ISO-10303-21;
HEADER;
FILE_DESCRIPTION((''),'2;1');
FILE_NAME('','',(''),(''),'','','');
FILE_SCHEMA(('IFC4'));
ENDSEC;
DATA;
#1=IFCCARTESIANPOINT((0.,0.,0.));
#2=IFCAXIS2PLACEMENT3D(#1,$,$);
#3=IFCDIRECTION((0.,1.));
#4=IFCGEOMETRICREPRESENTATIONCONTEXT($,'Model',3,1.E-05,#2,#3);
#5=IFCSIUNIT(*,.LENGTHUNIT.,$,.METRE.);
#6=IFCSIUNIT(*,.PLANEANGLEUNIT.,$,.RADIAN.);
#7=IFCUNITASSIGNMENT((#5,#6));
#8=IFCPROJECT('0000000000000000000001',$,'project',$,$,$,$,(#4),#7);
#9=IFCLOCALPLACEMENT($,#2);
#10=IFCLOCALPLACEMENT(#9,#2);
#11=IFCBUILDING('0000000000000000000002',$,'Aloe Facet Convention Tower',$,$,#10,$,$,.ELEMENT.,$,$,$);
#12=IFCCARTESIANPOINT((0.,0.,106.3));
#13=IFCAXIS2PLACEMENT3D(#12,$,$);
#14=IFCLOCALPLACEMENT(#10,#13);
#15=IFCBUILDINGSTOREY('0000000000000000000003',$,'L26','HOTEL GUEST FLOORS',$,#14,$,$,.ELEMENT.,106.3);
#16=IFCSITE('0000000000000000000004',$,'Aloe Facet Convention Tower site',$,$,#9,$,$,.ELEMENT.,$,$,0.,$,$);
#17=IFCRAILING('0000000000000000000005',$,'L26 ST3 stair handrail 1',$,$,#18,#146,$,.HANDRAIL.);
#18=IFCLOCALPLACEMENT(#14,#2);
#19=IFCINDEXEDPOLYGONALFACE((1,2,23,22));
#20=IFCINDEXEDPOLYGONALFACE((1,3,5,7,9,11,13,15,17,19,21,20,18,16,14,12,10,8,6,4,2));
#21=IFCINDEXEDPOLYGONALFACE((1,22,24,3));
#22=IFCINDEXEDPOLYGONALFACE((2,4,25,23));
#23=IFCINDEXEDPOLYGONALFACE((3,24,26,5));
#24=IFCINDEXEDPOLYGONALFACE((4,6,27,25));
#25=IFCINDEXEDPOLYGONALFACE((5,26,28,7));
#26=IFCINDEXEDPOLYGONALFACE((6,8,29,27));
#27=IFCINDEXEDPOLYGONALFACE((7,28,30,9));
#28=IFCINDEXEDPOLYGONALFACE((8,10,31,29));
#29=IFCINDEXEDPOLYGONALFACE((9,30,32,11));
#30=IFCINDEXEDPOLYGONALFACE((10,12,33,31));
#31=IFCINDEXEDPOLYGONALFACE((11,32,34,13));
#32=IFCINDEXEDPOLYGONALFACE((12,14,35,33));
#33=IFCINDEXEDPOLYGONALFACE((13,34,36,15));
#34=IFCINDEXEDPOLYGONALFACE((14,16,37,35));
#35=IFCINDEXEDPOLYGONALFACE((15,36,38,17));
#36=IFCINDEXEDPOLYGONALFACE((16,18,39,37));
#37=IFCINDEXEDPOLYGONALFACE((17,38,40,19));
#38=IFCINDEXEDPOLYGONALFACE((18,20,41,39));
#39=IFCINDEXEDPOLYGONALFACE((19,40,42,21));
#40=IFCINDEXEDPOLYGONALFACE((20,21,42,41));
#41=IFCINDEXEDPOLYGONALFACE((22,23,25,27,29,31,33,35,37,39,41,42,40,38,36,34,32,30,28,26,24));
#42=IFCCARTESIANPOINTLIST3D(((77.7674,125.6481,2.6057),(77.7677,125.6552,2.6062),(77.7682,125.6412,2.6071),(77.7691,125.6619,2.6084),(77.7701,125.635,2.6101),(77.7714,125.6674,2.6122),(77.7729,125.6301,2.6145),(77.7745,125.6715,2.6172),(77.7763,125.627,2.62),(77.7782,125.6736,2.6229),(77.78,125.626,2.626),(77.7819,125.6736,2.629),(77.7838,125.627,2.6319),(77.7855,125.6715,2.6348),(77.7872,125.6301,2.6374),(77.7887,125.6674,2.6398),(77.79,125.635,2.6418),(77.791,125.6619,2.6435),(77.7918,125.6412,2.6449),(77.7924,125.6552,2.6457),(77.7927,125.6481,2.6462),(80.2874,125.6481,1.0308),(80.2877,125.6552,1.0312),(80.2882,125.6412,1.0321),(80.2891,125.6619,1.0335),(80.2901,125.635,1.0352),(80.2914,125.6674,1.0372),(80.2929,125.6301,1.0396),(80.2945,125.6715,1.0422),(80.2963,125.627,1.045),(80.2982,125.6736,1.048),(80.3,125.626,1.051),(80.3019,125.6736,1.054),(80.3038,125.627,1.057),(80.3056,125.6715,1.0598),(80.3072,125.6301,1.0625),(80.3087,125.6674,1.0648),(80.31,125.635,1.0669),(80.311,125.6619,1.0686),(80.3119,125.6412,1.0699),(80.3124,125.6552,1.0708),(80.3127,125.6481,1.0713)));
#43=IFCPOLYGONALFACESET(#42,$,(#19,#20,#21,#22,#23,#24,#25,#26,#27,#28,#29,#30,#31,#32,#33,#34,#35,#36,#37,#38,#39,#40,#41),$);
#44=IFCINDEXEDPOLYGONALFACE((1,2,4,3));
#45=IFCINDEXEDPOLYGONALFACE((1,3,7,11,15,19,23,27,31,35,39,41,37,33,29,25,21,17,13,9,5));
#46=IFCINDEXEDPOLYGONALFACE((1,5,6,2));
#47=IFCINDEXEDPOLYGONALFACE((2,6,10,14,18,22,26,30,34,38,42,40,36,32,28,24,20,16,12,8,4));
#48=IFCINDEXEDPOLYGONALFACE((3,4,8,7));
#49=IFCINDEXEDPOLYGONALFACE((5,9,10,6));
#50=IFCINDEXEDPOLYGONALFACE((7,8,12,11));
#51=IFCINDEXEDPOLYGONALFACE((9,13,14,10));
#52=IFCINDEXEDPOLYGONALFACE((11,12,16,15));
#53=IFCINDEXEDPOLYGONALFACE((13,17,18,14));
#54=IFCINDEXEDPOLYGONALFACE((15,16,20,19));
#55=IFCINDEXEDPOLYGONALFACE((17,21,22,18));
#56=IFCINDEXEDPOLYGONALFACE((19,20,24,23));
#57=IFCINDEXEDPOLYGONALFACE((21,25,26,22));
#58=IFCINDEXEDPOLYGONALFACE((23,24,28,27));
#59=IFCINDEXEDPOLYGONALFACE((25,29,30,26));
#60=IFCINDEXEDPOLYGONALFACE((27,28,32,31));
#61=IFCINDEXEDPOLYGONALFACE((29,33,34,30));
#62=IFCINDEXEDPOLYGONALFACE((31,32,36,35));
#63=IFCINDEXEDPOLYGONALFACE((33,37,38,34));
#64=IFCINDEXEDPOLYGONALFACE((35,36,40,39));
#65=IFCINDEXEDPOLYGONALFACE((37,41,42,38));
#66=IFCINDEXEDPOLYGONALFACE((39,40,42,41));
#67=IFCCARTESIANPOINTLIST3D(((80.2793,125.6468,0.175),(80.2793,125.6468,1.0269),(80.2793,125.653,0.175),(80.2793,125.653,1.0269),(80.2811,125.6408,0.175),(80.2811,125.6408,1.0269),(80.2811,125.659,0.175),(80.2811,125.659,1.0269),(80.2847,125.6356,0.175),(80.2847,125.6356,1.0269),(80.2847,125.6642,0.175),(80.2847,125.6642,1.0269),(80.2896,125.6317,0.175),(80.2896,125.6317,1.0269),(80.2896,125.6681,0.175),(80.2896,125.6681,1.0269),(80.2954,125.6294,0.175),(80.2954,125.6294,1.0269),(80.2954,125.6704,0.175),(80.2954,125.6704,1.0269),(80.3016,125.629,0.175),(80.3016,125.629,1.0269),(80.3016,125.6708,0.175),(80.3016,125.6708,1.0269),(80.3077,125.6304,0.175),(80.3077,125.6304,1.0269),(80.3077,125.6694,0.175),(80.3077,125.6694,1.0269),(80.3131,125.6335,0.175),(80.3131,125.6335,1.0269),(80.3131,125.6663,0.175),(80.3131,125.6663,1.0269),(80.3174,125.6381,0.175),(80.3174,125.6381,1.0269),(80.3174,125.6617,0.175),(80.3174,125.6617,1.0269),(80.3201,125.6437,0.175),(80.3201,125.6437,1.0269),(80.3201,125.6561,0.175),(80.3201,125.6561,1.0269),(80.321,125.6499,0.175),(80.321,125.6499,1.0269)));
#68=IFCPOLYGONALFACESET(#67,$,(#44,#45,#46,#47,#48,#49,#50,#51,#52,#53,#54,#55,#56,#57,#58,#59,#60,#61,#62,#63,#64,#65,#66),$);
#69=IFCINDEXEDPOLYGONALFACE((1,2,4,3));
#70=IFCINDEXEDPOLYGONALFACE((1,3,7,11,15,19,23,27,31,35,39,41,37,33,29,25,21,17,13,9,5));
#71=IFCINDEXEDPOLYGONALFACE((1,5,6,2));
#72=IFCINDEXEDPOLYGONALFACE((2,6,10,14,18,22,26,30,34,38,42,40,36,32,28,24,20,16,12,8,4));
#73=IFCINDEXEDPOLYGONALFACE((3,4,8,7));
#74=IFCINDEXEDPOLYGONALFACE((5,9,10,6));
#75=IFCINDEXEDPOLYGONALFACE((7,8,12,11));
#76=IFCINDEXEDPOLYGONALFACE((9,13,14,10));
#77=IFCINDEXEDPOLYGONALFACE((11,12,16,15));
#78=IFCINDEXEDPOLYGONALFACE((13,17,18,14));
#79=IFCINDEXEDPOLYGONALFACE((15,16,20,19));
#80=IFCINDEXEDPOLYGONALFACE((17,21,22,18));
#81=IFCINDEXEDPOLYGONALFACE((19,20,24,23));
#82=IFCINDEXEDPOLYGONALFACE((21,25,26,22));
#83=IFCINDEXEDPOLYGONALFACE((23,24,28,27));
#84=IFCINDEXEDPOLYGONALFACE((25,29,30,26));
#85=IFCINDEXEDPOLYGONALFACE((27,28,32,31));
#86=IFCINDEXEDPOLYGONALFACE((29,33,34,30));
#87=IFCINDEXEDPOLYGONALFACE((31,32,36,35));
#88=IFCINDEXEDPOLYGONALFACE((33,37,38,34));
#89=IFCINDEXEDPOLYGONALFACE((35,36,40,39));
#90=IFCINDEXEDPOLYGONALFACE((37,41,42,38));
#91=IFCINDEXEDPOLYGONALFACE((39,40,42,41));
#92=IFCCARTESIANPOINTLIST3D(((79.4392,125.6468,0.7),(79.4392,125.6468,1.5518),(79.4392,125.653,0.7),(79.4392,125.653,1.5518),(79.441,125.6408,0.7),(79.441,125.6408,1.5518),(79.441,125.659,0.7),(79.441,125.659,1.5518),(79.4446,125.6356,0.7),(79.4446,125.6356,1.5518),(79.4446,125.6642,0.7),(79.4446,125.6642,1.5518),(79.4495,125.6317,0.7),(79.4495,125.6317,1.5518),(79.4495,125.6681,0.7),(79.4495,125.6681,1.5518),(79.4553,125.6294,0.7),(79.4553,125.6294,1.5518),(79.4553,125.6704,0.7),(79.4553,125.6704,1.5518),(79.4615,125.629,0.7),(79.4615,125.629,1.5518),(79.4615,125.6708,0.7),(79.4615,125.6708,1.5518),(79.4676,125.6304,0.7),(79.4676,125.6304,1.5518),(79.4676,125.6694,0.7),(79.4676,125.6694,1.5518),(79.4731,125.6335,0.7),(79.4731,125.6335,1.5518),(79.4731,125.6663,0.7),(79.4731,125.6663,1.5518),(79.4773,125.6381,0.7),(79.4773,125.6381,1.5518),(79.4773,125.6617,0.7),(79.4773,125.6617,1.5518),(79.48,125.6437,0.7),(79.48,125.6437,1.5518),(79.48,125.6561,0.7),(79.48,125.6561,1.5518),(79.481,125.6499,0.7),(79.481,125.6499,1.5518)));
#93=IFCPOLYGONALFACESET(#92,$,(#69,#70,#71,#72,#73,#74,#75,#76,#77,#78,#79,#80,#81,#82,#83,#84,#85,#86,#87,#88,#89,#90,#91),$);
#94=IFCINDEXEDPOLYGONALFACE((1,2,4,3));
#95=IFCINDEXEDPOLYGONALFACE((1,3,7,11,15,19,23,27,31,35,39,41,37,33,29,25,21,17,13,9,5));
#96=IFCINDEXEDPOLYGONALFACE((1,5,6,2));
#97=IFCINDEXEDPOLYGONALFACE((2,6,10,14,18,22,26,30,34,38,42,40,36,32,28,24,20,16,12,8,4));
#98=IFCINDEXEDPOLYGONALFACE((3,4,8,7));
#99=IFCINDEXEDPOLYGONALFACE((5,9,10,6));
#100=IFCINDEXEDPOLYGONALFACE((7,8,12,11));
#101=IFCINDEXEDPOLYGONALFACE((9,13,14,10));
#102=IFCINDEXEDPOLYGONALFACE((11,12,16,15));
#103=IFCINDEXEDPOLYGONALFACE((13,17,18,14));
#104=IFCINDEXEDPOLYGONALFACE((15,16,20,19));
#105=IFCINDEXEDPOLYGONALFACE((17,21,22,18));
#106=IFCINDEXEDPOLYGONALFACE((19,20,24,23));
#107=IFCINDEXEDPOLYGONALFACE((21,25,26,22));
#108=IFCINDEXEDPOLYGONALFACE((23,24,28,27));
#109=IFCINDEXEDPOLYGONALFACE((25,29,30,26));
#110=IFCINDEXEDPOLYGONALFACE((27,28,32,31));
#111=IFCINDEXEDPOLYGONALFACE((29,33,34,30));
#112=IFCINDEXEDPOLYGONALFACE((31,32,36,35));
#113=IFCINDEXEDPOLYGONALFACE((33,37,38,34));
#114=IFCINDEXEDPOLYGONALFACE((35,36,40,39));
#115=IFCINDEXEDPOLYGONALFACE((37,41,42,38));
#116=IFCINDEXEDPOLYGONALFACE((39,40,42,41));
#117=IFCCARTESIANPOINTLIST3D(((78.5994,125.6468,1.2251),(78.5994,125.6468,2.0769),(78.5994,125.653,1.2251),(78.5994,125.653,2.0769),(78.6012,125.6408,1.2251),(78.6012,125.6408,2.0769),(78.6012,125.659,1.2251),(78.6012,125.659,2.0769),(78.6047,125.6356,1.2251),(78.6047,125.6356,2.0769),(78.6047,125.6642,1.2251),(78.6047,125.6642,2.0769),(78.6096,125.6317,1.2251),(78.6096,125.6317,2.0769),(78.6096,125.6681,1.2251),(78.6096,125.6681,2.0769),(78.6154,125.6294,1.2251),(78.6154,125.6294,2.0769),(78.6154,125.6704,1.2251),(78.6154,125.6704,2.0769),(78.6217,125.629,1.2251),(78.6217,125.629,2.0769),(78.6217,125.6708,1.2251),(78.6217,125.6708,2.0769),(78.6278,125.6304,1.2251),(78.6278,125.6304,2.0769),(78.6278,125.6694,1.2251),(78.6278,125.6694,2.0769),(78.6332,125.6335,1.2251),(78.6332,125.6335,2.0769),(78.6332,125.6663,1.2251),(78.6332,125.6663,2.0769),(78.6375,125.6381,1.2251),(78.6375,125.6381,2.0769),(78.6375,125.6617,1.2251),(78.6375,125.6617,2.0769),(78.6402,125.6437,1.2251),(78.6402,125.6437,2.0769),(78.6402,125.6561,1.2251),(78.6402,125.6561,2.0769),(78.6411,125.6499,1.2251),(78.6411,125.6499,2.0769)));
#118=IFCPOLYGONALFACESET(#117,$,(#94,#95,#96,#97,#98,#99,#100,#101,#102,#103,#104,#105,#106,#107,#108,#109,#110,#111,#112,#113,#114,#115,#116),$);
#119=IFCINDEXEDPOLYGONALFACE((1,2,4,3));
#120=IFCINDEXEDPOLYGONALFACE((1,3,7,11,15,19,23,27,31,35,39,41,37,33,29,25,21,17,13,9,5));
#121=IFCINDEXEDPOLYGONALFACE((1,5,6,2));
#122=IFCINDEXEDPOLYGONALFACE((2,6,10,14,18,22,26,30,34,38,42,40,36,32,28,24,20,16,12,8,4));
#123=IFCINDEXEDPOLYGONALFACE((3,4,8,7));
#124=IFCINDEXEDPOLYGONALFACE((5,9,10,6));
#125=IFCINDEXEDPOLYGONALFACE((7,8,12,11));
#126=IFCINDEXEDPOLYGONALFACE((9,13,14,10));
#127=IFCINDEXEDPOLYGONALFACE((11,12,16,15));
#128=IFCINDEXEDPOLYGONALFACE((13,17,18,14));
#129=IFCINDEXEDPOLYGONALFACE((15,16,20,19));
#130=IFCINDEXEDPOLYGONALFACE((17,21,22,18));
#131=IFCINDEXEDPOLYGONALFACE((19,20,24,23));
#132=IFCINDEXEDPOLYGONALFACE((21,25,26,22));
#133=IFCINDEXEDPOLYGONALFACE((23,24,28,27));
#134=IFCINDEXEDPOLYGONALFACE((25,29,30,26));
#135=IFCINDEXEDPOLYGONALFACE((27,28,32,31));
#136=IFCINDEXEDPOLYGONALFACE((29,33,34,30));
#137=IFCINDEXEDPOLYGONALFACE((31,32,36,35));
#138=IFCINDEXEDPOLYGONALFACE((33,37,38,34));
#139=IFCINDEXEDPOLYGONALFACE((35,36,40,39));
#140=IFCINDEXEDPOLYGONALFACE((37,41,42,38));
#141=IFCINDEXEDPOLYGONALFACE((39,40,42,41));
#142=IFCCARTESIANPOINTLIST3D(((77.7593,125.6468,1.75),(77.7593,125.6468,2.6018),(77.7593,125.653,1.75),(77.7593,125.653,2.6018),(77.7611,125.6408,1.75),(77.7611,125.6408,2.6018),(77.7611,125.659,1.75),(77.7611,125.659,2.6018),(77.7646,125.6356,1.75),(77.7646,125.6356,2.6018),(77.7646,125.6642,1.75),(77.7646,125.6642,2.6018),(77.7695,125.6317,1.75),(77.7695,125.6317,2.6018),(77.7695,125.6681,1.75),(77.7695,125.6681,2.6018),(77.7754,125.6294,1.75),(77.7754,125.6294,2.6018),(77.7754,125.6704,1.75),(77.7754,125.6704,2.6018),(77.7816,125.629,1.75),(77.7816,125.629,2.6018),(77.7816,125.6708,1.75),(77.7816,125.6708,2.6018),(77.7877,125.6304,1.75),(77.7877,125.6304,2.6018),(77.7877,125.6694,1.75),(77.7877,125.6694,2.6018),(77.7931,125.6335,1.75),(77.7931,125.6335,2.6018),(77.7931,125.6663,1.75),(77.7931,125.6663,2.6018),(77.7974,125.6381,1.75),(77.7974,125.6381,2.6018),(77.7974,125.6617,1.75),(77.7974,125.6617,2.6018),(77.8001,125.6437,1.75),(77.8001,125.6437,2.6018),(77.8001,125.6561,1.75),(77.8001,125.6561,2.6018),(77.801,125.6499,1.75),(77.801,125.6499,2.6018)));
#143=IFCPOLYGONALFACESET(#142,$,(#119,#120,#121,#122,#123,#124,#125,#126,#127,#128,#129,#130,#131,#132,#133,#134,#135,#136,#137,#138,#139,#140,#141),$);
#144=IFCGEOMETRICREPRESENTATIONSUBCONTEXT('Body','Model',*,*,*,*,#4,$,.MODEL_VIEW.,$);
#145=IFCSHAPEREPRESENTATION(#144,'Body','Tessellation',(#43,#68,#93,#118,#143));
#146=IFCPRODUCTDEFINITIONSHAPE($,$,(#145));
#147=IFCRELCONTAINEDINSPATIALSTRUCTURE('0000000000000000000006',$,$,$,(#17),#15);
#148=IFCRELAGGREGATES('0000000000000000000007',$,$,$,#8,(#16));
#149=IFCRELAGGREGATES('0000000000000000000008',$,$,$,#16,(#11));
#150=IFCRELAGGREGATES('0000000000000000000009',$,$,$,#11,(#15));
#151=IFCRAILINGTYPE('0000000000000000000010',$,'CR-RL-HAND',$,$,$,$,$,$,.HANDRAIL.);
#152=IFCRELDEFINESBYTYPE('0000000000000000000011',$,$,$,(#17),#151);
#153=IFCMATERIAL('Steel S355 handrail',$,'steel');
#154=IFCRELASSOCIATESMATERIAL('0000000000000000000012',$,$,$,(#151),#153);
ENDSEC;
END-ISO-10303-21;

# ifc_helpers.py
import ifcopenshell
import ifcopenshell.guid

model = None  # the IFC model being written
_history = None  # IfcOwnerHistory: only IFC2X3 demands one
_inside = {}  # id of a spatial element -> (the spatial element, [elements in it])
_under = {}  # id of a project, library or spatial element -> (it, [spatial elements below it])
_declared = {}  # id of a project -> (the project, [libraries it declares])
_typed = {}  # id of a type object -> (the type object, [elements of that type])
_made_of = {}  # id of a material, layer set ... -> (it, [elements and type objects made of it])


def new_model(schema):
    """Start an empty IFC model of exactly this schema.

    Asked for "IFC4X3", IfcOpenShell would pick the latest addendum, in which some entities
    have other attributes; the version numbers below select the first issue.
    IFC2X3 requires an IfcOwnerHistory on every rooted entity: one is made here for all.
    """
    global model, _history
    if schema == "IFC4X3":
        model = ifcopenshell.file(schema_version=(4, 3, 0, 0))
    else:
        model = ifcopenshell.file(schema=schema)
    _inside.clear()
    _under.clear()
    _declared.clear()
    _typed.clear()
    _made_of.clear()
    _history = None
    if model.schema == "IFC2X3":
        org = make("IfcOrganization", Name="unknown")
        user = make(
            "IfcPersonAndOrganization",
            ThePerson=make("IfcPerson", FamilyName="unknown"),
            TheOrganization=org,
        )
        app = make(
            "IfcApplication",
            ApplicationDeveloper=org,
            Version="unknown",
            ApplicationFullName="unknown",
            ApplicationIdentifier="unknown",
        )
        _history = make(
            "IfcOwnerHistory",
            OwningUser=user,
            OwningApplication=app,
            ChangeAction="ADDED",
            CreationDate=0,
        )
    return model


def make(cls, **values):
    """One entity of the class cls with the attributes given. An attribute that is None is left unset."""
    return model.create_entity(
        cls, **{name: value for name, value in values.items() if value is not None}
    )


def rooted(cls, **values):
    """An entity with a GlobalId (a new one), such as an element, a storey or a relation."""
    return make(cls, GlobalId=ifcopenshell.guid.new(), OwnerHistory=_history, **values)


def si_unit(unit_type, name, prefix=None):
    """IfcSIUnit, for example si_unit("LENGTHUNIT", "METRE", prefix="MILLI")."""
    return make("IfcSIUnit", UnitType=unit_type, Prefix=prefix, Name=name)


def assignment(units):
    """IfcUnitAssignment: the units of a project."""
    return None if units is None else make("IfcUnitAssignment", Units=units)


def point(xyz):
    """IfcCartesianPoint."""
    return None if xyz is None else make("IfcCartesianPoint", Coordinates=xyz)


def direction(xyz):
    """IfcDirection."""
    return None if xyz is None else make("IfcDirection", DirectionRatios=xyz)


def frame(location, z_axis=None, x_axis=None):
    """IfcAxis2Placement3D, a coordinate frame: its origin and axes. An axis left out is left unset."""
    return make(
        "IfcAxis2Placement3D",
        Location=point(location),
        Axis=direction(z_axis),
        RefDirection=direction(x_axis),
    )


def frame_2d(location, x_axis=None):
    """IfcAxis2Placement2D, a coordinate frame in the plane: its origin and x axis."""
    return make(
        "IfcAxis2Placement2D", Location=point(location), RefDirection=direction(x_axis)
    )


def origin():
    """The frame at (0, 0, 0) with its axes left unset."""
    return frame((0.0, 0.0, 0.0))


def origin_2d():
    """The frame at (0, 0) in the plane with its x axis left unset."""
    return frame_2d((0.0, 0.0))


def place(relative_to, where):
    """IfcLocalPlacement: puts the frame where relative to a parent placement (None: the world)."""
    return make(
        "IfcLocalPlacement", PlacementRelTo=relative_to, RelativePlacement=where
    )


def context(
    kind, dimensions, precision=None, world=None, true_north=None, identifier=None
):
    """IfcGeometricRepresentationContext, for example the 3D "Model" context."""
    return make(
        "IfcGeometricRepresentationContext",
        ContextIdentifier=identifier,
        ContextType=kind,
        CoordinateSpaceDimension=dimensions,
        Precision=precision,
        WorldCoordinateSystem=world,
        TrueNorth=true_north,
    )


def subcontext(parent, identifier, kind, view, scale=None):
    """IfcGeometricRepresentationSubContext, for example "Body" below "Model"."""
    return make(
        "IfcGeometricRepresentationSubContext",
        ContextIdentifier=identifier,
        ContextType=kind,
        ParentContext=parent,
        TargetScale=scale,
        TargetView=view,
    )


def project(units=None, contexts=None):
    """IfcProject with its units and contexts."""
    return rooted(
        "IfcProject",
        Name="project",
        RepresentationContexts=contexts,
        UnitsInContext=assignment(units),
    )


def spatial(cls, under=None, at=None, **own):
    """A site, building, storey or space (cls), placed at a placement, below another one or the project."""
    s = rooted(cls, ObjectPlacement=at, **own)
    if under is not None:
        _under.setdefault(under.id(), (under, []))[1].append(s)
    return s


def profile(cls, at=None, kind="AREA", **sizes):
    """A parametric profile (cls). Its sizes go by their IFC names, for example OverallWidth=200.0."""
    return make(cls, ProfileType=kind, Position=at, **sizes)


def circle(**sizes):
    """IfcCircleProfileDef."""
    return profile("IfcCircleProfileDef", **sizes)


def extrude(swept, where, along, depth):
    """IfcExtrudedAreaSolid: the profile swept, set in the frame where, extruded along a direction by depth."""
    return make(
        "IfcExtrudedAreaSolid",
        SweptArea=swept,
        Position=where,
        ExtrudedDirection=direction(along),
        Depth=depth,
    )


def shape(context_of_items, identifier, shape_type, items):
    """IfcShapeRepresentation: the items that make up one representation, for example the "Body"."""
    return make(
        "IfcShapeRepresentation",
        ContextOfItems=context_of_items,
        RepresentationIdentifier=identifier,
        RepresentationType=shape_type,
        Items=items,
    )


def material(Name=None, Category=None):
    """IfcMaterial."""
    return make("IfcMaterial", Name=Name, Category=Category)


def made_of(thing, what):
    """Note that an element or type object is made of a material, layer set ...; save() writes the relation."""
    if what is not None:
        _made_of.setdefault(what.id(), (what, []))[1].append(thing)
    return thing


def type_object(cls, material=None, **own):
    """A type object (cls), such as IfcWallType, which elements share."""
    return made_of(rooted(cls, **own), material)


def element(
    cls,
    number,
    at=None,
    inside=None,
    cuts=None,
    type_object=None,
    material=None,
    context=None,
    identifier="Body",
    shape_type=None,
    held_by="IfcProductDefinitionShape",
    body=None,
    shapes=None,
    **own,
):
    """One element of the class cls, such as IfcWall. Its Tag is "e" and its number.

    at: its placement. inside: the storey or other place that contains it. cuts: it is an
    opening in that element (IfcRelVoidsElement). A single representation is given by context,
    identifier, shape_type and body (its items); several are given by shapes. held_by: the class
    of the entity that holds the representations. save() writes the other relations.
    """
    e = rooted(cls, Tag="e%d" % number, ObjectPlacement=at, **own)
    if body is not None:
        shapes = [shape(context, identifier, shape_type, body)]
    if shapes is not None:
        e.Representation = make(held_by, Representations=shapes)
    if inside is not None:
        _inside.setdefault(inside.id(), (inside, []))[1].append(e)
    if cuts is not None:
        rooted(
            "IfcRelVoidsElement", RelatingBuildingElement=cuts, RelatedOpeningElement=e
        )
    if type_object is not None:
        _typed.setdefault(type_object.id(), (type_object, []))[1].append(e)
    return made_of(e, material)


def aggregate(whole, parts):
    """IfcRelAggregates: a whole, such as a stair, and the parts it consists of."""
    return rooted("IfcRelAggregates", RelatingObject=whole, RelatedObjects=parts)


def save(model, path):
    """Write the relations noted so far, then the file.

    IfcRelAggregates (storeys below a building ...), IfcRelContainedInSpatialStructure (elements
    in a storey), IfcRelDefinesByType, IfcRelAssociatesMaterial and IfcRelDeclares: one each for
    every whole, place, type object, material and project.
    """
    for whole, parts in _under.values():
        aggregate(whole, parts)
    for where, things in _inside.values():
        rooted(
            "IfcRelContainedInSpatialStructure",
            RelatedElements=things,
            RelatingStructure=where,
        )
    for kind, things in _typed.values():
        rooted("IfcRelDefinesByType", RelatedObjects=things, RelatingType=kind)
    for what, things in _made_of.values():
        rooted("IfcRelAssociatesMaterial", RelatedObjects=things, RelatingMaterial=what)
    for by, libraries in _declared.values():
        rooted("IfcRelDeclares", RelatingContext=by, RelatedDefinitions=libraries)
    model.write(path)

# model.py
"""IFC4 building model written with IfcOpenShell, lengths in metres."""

from ifc_helpers import new_model, si_unit, direction, frame, origin, origin_2d, place, context, subcontext, project, spatial, circle, extrude, material, type_object, element, save


model = new_model("IFC4")

# Units and contexts
model_context = context("Model", 3, precision=1e-05, world=origin(), true_north=direction((0.0, 1.0)))
body_context = subcontext(model_context, "Body", "Model", "MODEL_VIEW")
ifc_project = project(units=[si_unit("LENGTHUNIT", "METRE"), si_unit("PLANEANGLEUNIT", "RADIAN")], contexts=[model_context])

# Site, building, storey
site_placement = place(None, origin())
site = spatial("IfcSite", under=ifc_project, at=site_placement, Name="Aloe Facet Convention Tower site", CompositionType="ELEMENT", RefElevation=0.0)
building_placement = place(site_placement, origin())
building = spatial("IfcBuilding", under=site, at=building_placement, Name="Aloe Facet Convention Tower", CompositionType="ELEMENT")
storey_placement = place(building_placement, frame((0.0, 0.0, 106.3)))
storey = spatial("IfcBuildingStorey", under=building, at=storey_placement, Name="L26", Description="HOTEL GUEST FLOORS", CompositionType="ELEMENT", Elevation=106.3)

# Railing
ifc_material_1 = material(Name="Steel S355 handrail", Category="steel")
railing_type_1 = type_object("IfcRailingType", Name="CR-RL-HAND", PredefinedType="HANDRAIL", material=ifc_material_1)
railing_1_placement = place(storey_placement, frame((80.3, 125.6499, 0.175)))
element("IfcRailing", 1, at=railing_1_placement, inside=storey, type_object=railing_type_1, Name="L26 ST3 stair handrail 1", PredefinedType="HANDRAIL", context=body_context, shape_type="SweptSolid", body=[
    extrude(circle(Radius=0.0239, at=origin_2d()), frame((0.0, 0.0, 0.876), z_axis=(-0.848008, 0.0, 0.529984), x_axis=(0.0, -1.0, 0.0)), (0.0, 0.0, 1.0), 2.9717),
    extrude(circle(Radius=0.021, at=origin_2d()), origin(), (0.0, 0.0, 1.0), 0.8518),
    extrude(circle(Radius=0.021, at=origin_2d()), frame((-0.8401, 0.0, 0.5249)), (0.0, 0.0, 1.0), 0.8518),
    extrude(circle(Radius=0.021, at=origin_2d()), frame((-1.6799, 0.0, 1.05)), (0.0, 0.0, 1.0), 0.8518),
    extrude(circle(Radius=0.021, at=origin_2d()), frame((-2.52, 0.0, 1.575)), (0.0, 0.0, 1.0), 0.8518),
])

save(model, "model.ifc")
